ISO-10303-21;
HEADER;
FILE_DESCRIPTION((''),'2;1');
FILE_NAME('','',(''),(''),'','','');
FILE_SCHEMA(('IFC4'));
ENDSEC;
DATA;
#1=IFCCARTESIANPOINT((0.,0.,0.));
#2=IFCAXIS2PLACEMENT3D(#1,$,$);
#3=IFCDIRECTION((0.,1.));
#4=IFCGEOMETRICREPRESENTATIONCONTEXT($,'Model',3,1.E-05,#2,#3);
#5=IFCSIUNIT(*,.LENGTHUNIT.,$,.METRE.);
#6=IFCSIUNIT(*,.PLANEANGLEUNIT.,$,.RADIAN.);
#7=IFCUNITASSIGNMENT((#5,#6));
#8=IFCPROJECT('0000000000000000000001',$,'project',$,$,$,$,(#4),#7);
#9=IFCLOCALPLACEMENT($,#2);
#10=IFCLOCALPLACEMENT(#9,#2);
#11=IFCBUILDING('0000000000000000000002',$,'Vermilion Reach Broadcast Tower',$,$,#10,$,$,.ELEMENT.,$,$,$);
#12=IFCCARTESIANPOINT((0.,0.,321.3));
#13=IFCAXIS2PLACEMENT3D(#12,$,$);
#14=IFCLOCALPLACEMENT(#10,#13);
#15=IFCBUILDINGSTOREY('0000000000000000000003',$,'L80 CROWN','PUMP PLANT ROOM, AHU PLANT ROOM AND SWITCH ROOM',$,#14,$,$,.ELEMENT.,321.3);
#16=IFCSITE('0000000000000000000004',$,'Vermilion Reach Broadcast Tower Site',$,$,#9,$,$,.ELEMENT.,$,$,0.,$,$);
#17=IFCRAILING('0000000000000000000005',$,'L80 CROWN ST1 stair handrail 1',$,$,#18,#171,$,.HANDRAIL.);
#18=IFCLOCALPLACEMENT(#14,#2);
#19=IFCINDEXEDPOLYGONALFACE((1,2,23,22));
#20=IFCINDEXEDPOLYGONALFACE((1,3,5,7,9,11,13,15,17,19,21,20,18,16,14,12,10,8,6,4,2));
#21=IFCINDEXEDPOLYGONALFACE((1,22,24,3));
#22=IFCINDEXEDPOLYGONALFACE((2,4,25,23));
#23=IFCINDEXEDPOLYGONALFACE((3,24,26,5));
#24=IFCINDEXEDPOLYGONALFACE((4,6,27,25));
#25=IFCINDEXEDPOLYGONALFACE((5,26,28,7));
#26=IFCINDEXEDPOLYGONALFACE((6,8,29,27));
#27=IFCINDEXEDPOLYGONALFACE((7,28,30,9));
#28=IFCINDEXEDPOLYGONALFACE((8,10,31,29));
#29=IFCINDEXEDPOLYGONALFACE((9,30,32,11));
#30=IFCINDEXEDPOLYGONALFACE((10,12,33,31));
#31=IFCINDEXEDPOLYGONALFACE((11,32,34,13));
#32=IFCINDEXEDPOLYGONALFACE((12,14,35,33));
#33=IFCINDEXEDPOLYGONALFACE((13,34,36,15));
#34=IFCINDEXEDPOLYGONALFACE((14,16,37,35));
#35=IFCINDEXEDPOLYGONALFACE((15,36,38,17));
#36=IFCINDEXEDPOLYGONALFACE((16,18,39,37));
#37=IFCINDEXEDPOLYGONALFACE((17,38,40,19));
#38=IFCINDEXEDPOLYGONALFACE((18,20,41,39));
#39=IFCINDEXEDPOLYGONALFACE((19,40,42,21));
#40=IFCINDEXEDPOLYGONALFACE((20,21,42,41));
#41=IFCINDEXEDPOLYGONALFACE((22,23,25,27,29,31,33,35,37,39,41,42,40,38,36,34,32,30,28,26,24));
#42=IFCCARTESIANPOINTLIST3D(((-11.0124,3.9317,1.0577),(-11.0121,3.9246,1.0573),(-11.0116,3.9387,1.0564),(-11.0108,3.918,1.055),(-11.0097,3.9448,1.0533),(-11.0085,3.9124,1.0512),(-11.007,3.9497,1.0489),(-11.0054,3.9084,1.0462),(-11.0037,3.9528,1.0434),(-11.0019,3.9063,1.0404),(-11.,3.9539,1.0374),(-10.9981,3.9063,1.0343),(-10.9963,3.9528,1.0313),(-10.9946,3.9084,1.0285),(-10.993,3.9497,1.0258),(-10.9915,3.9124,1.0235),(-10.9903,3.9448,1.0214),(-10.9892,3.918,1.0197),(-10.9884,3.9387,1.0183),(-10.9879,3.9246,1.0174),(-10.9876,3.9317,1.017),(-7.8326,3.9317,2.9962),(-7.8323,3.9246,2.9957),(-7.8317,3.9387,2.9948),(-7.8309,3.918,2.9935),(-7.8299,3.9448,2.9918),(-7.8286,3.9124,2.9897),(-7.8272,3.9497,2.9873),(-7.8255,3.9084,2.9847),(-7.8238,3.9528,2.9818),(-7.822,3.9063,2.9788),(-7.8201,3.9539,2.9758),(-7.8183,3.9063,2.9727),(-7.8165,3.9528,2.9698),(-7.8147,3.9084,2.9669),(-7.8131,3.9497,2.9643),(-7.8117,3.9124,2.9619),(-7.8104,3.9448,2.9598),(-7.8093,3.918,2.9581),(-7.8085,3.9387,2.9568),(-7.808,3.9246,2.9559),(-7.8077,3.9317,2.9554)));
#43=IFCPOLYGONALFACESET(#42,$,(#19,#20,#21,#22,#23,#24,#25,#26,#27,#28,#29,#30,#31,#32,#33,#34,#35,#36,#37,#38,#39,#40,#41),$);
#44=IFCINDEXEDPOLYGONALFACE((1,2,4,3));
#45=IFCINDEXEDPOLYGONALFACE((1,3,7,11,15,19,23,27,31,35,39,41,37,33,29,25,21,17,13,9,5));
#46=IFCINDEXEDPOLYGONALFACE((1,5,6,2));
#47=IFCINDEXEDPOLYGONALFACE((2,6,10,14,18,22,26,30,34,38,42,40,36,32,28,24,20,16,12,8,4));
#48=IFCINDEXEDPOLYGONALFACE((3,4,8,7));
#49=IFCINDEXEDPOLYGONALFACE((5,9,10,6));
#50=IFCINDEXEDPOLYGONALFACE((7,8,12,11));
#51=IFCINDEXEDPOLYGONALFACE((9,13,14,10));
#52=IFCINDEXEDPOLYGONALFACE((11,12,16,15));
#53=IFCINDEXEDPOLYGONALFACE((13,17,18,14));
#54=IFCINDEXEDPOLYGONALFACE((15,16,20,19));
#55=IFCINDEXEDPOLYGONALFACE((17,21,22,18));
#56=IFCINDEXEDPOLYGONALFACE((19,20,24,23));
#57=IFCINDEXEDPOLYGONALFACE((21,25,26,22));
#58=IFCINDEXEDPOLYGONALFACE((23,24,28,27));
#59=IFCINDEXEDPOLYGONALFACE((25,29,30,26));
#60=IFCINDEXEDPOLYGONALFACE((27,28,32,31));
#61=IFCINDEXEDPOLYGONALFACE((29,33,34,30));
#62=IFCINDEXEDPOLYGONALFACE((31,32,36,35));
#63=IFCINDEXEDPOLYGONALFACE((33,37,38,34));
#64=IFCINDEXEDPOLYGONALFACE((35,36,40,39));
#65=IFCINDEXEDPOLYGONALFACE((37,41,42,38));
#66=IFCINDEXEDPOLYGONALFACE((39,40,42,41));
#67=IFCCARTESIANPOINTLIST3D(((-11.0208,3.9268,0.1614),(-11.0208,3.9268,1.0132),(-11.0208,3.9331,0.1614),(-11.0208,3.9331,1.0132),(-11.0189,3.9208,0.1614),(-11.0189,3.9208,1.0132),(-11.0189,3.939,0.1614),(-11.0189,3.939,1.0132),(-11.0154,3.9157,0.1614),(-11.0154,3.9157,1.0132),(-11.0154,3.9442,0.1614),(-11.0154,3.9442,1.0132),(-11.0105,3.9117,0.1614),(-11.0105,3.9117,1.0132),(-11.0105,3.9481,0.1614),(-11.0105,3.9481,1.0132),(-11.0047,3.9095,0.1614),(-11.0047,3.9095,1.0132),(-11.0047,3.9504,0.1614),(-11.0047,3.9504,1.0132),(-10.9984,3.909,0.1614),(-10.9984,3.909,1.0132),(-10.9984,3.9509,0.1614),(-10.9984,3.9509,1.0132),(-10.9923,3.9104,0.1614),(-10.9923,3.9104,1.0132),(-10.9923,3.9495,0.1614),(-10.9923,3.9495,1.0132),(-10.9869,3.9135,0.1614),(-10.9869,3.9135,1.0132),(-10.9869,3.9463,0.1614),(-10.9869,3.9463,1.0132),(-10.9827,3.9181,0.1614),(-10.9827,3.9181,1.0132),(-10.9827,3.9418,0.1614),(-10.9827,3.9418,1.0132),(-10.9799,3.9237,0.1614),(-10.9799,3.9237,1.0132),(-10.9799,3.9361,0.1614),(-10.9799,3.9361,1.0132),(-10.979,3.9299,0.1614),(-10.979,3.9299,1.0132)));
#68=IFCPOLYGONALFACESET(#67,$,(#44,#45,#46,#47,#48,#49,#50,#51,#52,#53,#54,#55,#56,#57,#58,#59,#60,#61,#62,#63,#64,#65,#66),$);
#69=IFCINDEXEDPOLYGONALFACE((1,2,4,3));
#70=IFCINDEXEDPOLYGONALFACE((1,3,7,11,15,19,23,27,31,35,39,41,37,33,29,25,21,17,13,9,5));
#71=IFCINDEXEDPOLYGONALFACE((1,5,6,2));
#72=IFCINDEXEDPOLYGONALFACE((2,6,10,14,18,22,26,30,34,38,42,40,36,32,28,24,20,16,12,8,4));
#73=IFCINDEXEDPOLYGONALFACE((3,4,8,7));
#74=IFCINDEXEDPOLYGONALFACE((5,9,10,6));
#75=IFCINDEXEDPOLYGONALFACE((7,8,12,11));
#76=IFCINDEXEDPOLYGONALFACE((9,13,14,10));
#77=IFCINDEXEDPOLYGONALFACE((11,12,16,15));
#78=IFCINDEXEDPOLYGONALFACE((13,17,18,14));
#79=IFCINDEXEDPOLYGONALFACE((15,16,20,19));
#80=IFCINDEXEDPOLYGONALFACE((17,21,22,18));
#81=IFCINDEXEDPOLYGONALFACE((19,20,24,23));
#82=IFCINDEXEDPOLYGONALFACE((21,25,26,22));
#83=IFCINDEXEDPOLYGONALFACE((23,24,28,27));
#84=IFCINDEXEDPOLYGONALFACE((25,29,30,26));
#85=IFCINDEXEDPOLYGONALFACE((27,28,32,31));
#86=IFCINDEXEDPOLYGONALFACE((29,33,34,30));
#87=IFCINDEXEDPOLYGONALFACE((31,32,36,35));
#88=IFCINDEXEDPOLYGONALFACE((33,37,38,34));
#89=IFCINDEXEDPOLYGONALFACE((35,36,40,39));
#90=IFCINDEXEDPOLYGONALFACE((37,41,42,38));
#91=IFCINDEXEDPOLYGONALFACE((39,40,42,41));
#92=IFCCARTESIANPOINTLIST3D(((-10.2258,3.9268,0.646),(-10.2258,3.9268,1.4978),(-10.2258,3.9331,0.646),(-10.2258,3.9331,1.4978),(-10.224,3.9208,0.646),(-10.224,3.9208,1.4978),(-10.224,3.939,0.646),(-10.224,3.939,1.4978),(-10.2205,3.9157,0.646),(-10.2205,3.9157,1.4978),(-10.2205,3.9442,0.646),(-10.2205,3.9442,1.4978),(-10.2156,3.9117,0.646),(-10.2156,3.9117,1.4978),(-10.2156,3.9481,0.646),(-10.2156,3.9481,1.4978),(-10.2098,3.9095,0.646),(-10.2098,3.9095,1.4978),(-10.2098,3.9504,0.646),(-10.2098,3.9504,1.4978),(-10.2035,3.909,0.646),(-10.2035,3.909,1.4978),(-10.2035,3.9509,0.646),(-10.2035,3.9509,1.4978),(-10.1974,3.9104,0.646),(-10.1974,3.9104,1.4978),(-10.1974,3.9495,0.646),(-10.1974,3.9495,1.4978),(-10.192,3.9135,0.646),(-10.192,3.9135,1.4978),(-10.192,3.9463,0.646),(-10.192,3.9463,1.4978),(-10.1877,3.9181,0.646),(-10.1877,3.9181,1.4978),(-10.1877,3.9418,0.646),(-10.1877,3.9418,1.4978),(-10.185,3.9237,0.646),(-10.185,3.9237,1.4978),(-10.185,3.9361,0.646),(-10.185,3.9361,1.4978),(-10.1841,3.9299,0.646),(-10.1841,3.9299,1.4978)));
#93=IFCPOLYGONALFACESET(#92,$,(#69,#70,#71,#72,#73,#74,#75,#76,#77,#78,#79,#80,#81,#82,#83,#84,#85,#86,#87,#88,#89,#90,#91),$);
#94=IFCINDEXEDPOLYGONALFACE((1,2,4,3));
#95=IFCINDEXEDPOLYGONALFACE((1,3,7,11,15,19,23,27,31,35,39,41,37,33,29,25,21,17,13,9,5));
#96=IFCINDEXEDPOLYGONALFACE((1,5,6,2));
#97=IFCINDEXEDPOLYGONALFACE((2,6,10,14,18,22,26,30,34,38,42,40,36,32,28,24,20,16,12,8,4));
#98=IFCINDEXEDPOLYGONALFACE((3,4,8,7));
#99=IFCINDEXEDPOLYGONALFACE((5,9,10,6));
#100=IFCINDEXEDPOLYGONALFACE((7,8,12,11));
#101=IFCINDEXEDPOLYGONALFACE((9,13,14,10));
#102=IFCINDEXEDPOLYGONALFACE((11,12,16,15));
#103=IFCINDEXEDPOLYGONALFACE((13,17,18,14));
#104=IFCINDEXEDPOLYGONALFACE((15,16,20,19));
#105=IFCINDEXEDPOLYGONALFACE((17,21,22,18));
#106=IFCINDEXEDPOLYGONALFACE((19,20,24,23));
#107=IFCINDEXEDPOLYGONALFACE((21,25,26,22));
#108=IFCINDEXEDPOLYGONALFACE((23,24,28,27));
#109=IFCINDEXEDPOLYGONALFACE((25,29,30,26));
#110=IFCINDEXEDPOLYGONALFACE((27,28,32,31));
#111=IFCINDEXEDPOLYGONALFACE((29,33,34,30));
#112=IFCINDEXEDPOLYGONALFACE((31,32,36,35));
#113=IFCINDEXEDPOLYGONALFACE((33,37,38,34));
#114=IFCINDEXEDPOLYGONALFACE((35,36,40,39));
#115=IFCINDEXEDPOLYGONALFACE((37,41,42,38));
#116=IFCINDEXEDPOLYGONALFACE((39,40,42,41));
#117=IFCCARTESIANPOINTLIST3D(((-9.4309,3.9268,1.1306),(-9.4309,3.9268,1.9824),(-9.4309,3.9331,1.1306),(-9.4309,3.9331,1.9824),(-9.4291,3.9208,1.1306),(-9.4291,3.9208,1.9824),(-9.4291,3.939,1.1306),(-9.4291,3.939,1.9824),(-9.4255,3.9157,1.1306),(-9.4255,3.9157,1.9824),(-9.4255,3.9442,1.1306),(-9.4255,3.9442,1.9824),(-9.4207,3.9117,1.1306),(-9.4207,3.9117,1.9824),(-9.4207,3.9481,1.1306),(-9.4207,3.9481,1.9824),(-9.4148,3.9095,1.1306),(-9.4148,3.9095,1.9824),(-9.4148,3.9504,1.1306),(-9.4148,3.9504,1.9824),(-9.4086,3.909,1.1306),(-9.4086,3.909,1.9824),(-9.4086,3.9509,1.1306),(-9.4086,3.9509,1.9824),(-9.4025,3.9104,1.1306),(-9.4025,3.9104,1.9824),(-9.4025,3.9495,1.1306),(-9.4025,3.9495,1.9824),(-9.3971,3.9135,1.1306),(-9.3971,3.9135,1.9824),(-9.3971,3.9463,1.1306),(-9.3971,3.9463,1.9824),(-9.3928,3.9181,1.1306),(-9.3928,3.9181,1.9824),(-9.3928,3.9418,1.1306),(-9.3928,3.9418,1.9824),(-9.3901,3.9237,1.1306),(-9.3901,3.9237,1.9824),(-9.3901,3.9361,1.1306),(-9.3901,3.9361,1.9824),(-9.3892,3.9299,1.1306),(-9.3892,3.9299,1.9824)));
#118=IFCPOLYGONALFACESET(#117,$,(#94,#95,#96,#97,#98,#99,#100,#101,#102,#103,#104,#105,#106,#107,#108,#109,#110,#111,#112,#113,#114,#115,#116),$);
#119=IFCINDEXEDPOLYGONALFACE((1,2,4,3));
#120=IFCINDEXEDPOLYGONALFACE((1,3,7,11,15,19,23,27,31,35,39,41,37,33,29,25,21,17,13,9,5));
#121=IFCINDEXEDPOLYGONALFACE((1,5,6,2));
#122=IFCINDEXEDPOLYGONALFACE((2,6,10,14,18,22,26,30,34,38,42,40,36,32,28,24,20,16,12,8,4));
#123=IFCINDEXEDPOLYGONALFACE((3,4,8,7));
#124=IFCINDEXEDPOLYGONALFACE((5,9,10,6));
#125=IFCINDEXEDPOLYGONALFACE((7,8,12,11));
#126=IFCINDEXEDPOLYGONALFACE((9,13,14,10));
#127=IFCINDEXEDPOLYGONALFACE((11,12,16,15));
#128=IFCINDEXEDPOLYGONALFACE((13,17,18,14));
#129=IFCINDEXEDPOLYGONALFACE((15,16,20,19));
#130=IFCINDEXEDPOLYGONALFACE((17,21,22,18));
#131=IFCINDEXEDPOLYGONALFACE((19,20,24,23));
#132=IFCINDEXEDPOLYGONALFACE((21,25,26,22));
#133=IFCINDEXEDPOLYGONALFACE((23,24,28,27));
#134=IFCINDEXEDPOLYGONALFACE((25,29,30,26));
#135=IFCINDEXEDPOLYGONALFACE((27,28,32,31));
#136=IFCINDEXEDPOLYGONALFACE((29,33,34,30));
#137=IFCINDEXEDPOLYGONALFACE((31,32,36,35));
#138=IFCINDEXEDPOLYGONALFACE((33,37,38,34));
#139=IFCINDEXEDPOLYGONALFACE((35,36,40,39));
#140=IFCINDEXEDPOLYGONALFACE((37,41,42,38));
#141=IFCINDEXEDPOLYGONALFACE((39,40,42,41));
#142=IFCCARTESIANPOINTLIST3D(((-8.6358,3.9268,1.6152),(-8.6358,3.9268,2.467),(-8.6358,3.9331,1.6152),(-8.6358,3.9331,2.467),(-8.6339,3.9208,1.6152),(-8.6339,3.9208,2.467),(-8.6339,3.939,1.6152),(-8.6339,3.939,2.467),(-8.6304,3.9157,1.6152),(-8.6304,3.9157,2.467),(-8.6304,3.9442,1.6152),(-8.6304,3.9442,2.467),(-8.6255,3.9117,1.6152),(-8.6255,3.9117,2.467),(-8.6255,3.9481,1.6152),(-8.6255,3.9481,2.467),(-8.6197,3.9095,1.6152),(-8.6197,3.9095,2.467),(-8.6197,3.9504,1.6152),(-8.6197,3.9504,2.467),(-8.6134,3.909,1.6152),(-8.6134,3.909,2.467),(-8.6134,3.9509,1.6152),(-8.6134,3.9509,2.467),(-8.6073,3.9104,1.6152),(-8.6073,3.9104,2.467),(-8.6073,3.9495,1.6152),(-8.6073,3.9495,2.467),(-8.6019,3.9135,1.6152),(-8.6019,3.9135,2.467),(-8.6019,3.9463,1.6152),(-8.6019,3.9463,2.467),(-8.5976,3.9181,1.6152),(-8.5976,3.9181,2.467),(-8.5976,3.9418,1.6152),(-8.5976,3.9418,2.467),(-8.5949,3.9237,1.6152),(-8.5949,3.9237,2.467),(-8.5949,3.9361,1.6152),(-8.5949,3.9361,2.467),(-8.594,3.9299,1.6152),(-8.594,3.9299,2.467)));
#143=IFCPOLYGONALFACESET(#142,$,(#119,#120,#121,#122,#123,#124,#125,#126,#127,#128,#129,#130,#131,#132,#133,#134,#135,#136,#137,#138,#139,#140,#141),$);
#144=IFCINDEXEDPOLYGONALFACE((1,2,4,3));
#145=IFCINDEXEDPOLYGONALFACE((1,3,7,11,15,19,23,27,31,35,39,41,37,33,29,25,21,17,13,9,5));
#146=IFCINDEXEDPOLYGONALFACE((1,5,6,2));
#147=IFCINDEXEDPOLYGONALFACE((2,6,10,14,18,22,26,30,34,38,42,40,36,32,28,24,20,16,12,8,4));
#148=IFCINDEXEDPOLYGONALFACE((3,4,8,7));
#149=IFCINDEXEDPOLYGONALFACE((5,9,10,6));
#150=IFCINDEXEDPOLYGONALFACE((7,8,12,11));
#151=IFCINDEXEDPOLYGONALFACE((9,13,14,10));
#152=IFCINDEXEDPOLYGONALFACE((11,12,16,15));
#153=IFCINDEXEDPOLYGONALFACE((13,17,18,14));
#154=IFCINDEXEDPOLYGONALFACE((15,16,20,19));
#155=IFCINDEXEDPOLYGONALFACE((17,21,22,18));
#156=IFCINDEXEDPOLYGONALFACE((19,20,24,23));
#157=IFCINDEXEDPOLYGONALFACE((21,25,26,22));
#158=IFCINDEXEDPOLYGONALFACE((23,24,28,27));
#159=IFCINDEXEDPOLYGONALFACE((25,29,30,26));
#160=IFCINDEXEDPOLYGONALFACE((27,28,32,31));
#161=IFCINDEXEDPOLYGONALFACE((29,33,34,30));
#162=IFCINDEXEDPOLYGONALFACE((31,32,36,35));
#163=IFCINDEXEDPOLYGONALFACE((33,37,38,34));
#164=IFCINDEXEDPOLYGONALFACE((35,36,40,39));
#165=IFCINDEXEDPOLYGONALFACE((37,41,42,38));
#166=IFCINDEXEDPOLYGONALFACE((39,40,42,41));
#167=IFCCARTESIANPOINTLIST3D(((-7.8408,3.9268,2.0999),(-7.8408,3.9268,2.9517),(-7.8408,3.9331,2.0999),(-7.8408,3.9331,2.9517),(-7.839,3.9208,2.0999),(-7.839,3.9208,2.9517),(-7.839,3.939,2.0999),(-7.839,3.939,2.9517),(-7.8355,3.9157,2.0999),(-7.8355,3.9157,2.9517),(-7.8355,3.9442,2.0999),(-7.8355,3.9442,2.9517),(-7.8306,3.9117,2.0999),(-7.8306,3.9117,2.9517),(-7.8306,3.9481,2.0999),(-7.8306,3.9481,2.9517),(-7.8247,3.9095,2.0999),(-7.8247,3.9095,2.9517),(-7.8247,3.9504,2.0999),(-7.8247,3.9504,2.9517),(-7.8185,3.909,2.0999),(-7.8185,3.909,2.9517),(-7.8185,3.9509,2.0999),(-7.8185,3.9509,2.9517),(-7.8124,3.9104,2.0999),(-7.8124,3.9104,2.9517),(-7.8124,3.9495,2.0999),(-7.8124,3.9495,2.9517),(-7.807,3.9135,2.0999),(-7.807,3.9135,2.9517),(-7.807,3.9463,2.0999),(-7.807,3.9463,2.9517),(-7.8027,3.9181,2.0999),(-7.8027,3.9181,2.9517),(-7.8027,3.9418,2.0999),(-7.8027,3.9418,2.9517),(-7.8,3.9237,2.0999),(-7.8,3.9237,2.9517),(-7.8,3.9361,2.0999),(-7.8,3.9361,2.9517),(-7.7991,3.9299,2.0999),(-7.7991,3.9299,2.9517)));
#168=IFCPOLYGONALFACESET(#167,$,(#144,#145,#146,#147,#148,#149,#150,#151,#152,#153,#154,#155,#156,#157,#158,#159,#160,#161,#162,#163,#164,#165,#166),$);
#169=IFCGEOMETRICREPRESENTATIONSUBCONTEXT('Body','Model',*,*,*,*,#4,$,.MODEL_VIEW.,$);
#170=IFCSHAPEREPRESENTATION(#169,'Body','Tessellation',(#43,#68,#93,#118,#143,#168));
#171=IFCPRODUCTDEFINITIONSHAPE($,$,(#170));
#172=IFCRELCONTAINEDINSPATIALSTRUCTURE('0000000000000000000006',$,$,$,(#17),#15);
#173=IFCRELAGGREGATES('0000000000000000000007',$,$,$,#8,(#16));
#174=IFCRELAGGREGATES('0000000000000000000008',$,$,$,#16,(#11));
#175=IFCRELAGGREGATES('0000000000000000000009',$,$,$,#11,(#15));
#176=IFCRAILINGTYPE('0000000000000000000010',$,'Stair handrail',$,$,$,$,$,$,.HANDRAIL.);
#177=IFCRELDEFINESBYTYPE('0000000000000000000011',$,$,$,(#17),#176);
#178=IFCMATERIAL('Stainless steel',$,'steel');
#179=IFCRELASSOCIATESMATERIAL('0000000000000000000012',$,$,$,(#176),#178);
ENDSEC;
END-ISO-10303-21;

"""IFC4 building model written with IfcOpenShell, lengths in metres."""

from ifc_helpers import new_model, si_unit, direction, frame, origin, origin_2d, place, context, subcontext, project, spatial, circle, extrude, material, type_object, element, save


model = new_model("IFC4")

# Units and contexts
model_context = context("Model", 3, precision=1e-05, world=origin(), true_north=direction((0.0, 1.0)))
body_context = subcontext(model_context, "Body", "Model", "MODEL_VIEW")
ifc_project = project(units=[si_unit("LENGTHUNIT", "METRE"), si_unit("PLANEANGLEUNIT", "RADIAN")], contexts=[model_context])

# Site, building, storey
site_placement = place(None, origin())
site = spatial("IfcSite", under=ifc_project, at=site_placement, Name="Vermilion Reach Broadcast Tower Site", CompositionType="ELEMENT", RefElevation=0.0)
building_placement = place(site_placement, origin())
building = spatial("IfcBuilding", under=site, at=building_placement, Name="Vermilion Reach Broadcast Tower", CompositionType="ELEMENT")
storey_placement = place(building_placement, frame((0.0, 0.0, 321.3)))
storey = spatial("IfcBuildingStorey", under=building, at=storey_placement, Name="L80 CROWN", Description="PUMP PLANT ROOM, AHU PLANT ROOM AND SWITCH ROOM", CompositionType="ELEMENT", Elevation=321.3)

# Railing
ifc_material_1 = material(Name="Stainless steel", Category="steel")
railing_type_1 = type_object("IfcRailingType", Name="Stair handrail", PredefinedType="HANDRAIL", material=ifc_material_1)
railing_1_placement = place(storey_placement, frame((-11.0, 3.9299, 0.1614)))
element("IfcRailing", 1, at=railing_1_placement, inside=storey, type_object=railing_type_1, Name="L80 CROWN ST1 stair handrail 1", PredefinedType="HANDRAIL", context=body_context, shape_type="SweptSolid", body=[
    extrude(circle(Radius=0.0239, at=origin_2d()), frame((0.0, 0.0, 0.876), z_axis=(0.853857, 0.0, 0.520508), x_axis=(0.0, 1.0, 0.0)), (0.0, 0.0, 1.0), 3.7241),
    extrude(circle(Radius=0.021, at=origin_2d()), origin(), (0.0, 0.0, 1.0), 0.8518),
    extrude(circle(Radius=0.021, at=origin_2d()), frame((0.7949, 0.0, 0.4846)), (0.0, 0.0, 1.0), 0.8518),
    extrude(circle(Radius=0.021, at=origin_2d()), frame((1.5898, 0.0, 0.9692)), (0.0, 0.0, 1.0), 0.8518),
    extrude(circle(Radius=0.021, at=origin_2d()), frame((2.385, 0.0, 1.4539)), (0.0, 0.0, 1.0), 0.8518),
    extrude(circle(Radius=0.021, at=origin_2d()), frame((3.1799, 0.0, 1.9385)), (0.0, 0.0, 1.0), 0.8518),
])

save(model, "model.ifc")
